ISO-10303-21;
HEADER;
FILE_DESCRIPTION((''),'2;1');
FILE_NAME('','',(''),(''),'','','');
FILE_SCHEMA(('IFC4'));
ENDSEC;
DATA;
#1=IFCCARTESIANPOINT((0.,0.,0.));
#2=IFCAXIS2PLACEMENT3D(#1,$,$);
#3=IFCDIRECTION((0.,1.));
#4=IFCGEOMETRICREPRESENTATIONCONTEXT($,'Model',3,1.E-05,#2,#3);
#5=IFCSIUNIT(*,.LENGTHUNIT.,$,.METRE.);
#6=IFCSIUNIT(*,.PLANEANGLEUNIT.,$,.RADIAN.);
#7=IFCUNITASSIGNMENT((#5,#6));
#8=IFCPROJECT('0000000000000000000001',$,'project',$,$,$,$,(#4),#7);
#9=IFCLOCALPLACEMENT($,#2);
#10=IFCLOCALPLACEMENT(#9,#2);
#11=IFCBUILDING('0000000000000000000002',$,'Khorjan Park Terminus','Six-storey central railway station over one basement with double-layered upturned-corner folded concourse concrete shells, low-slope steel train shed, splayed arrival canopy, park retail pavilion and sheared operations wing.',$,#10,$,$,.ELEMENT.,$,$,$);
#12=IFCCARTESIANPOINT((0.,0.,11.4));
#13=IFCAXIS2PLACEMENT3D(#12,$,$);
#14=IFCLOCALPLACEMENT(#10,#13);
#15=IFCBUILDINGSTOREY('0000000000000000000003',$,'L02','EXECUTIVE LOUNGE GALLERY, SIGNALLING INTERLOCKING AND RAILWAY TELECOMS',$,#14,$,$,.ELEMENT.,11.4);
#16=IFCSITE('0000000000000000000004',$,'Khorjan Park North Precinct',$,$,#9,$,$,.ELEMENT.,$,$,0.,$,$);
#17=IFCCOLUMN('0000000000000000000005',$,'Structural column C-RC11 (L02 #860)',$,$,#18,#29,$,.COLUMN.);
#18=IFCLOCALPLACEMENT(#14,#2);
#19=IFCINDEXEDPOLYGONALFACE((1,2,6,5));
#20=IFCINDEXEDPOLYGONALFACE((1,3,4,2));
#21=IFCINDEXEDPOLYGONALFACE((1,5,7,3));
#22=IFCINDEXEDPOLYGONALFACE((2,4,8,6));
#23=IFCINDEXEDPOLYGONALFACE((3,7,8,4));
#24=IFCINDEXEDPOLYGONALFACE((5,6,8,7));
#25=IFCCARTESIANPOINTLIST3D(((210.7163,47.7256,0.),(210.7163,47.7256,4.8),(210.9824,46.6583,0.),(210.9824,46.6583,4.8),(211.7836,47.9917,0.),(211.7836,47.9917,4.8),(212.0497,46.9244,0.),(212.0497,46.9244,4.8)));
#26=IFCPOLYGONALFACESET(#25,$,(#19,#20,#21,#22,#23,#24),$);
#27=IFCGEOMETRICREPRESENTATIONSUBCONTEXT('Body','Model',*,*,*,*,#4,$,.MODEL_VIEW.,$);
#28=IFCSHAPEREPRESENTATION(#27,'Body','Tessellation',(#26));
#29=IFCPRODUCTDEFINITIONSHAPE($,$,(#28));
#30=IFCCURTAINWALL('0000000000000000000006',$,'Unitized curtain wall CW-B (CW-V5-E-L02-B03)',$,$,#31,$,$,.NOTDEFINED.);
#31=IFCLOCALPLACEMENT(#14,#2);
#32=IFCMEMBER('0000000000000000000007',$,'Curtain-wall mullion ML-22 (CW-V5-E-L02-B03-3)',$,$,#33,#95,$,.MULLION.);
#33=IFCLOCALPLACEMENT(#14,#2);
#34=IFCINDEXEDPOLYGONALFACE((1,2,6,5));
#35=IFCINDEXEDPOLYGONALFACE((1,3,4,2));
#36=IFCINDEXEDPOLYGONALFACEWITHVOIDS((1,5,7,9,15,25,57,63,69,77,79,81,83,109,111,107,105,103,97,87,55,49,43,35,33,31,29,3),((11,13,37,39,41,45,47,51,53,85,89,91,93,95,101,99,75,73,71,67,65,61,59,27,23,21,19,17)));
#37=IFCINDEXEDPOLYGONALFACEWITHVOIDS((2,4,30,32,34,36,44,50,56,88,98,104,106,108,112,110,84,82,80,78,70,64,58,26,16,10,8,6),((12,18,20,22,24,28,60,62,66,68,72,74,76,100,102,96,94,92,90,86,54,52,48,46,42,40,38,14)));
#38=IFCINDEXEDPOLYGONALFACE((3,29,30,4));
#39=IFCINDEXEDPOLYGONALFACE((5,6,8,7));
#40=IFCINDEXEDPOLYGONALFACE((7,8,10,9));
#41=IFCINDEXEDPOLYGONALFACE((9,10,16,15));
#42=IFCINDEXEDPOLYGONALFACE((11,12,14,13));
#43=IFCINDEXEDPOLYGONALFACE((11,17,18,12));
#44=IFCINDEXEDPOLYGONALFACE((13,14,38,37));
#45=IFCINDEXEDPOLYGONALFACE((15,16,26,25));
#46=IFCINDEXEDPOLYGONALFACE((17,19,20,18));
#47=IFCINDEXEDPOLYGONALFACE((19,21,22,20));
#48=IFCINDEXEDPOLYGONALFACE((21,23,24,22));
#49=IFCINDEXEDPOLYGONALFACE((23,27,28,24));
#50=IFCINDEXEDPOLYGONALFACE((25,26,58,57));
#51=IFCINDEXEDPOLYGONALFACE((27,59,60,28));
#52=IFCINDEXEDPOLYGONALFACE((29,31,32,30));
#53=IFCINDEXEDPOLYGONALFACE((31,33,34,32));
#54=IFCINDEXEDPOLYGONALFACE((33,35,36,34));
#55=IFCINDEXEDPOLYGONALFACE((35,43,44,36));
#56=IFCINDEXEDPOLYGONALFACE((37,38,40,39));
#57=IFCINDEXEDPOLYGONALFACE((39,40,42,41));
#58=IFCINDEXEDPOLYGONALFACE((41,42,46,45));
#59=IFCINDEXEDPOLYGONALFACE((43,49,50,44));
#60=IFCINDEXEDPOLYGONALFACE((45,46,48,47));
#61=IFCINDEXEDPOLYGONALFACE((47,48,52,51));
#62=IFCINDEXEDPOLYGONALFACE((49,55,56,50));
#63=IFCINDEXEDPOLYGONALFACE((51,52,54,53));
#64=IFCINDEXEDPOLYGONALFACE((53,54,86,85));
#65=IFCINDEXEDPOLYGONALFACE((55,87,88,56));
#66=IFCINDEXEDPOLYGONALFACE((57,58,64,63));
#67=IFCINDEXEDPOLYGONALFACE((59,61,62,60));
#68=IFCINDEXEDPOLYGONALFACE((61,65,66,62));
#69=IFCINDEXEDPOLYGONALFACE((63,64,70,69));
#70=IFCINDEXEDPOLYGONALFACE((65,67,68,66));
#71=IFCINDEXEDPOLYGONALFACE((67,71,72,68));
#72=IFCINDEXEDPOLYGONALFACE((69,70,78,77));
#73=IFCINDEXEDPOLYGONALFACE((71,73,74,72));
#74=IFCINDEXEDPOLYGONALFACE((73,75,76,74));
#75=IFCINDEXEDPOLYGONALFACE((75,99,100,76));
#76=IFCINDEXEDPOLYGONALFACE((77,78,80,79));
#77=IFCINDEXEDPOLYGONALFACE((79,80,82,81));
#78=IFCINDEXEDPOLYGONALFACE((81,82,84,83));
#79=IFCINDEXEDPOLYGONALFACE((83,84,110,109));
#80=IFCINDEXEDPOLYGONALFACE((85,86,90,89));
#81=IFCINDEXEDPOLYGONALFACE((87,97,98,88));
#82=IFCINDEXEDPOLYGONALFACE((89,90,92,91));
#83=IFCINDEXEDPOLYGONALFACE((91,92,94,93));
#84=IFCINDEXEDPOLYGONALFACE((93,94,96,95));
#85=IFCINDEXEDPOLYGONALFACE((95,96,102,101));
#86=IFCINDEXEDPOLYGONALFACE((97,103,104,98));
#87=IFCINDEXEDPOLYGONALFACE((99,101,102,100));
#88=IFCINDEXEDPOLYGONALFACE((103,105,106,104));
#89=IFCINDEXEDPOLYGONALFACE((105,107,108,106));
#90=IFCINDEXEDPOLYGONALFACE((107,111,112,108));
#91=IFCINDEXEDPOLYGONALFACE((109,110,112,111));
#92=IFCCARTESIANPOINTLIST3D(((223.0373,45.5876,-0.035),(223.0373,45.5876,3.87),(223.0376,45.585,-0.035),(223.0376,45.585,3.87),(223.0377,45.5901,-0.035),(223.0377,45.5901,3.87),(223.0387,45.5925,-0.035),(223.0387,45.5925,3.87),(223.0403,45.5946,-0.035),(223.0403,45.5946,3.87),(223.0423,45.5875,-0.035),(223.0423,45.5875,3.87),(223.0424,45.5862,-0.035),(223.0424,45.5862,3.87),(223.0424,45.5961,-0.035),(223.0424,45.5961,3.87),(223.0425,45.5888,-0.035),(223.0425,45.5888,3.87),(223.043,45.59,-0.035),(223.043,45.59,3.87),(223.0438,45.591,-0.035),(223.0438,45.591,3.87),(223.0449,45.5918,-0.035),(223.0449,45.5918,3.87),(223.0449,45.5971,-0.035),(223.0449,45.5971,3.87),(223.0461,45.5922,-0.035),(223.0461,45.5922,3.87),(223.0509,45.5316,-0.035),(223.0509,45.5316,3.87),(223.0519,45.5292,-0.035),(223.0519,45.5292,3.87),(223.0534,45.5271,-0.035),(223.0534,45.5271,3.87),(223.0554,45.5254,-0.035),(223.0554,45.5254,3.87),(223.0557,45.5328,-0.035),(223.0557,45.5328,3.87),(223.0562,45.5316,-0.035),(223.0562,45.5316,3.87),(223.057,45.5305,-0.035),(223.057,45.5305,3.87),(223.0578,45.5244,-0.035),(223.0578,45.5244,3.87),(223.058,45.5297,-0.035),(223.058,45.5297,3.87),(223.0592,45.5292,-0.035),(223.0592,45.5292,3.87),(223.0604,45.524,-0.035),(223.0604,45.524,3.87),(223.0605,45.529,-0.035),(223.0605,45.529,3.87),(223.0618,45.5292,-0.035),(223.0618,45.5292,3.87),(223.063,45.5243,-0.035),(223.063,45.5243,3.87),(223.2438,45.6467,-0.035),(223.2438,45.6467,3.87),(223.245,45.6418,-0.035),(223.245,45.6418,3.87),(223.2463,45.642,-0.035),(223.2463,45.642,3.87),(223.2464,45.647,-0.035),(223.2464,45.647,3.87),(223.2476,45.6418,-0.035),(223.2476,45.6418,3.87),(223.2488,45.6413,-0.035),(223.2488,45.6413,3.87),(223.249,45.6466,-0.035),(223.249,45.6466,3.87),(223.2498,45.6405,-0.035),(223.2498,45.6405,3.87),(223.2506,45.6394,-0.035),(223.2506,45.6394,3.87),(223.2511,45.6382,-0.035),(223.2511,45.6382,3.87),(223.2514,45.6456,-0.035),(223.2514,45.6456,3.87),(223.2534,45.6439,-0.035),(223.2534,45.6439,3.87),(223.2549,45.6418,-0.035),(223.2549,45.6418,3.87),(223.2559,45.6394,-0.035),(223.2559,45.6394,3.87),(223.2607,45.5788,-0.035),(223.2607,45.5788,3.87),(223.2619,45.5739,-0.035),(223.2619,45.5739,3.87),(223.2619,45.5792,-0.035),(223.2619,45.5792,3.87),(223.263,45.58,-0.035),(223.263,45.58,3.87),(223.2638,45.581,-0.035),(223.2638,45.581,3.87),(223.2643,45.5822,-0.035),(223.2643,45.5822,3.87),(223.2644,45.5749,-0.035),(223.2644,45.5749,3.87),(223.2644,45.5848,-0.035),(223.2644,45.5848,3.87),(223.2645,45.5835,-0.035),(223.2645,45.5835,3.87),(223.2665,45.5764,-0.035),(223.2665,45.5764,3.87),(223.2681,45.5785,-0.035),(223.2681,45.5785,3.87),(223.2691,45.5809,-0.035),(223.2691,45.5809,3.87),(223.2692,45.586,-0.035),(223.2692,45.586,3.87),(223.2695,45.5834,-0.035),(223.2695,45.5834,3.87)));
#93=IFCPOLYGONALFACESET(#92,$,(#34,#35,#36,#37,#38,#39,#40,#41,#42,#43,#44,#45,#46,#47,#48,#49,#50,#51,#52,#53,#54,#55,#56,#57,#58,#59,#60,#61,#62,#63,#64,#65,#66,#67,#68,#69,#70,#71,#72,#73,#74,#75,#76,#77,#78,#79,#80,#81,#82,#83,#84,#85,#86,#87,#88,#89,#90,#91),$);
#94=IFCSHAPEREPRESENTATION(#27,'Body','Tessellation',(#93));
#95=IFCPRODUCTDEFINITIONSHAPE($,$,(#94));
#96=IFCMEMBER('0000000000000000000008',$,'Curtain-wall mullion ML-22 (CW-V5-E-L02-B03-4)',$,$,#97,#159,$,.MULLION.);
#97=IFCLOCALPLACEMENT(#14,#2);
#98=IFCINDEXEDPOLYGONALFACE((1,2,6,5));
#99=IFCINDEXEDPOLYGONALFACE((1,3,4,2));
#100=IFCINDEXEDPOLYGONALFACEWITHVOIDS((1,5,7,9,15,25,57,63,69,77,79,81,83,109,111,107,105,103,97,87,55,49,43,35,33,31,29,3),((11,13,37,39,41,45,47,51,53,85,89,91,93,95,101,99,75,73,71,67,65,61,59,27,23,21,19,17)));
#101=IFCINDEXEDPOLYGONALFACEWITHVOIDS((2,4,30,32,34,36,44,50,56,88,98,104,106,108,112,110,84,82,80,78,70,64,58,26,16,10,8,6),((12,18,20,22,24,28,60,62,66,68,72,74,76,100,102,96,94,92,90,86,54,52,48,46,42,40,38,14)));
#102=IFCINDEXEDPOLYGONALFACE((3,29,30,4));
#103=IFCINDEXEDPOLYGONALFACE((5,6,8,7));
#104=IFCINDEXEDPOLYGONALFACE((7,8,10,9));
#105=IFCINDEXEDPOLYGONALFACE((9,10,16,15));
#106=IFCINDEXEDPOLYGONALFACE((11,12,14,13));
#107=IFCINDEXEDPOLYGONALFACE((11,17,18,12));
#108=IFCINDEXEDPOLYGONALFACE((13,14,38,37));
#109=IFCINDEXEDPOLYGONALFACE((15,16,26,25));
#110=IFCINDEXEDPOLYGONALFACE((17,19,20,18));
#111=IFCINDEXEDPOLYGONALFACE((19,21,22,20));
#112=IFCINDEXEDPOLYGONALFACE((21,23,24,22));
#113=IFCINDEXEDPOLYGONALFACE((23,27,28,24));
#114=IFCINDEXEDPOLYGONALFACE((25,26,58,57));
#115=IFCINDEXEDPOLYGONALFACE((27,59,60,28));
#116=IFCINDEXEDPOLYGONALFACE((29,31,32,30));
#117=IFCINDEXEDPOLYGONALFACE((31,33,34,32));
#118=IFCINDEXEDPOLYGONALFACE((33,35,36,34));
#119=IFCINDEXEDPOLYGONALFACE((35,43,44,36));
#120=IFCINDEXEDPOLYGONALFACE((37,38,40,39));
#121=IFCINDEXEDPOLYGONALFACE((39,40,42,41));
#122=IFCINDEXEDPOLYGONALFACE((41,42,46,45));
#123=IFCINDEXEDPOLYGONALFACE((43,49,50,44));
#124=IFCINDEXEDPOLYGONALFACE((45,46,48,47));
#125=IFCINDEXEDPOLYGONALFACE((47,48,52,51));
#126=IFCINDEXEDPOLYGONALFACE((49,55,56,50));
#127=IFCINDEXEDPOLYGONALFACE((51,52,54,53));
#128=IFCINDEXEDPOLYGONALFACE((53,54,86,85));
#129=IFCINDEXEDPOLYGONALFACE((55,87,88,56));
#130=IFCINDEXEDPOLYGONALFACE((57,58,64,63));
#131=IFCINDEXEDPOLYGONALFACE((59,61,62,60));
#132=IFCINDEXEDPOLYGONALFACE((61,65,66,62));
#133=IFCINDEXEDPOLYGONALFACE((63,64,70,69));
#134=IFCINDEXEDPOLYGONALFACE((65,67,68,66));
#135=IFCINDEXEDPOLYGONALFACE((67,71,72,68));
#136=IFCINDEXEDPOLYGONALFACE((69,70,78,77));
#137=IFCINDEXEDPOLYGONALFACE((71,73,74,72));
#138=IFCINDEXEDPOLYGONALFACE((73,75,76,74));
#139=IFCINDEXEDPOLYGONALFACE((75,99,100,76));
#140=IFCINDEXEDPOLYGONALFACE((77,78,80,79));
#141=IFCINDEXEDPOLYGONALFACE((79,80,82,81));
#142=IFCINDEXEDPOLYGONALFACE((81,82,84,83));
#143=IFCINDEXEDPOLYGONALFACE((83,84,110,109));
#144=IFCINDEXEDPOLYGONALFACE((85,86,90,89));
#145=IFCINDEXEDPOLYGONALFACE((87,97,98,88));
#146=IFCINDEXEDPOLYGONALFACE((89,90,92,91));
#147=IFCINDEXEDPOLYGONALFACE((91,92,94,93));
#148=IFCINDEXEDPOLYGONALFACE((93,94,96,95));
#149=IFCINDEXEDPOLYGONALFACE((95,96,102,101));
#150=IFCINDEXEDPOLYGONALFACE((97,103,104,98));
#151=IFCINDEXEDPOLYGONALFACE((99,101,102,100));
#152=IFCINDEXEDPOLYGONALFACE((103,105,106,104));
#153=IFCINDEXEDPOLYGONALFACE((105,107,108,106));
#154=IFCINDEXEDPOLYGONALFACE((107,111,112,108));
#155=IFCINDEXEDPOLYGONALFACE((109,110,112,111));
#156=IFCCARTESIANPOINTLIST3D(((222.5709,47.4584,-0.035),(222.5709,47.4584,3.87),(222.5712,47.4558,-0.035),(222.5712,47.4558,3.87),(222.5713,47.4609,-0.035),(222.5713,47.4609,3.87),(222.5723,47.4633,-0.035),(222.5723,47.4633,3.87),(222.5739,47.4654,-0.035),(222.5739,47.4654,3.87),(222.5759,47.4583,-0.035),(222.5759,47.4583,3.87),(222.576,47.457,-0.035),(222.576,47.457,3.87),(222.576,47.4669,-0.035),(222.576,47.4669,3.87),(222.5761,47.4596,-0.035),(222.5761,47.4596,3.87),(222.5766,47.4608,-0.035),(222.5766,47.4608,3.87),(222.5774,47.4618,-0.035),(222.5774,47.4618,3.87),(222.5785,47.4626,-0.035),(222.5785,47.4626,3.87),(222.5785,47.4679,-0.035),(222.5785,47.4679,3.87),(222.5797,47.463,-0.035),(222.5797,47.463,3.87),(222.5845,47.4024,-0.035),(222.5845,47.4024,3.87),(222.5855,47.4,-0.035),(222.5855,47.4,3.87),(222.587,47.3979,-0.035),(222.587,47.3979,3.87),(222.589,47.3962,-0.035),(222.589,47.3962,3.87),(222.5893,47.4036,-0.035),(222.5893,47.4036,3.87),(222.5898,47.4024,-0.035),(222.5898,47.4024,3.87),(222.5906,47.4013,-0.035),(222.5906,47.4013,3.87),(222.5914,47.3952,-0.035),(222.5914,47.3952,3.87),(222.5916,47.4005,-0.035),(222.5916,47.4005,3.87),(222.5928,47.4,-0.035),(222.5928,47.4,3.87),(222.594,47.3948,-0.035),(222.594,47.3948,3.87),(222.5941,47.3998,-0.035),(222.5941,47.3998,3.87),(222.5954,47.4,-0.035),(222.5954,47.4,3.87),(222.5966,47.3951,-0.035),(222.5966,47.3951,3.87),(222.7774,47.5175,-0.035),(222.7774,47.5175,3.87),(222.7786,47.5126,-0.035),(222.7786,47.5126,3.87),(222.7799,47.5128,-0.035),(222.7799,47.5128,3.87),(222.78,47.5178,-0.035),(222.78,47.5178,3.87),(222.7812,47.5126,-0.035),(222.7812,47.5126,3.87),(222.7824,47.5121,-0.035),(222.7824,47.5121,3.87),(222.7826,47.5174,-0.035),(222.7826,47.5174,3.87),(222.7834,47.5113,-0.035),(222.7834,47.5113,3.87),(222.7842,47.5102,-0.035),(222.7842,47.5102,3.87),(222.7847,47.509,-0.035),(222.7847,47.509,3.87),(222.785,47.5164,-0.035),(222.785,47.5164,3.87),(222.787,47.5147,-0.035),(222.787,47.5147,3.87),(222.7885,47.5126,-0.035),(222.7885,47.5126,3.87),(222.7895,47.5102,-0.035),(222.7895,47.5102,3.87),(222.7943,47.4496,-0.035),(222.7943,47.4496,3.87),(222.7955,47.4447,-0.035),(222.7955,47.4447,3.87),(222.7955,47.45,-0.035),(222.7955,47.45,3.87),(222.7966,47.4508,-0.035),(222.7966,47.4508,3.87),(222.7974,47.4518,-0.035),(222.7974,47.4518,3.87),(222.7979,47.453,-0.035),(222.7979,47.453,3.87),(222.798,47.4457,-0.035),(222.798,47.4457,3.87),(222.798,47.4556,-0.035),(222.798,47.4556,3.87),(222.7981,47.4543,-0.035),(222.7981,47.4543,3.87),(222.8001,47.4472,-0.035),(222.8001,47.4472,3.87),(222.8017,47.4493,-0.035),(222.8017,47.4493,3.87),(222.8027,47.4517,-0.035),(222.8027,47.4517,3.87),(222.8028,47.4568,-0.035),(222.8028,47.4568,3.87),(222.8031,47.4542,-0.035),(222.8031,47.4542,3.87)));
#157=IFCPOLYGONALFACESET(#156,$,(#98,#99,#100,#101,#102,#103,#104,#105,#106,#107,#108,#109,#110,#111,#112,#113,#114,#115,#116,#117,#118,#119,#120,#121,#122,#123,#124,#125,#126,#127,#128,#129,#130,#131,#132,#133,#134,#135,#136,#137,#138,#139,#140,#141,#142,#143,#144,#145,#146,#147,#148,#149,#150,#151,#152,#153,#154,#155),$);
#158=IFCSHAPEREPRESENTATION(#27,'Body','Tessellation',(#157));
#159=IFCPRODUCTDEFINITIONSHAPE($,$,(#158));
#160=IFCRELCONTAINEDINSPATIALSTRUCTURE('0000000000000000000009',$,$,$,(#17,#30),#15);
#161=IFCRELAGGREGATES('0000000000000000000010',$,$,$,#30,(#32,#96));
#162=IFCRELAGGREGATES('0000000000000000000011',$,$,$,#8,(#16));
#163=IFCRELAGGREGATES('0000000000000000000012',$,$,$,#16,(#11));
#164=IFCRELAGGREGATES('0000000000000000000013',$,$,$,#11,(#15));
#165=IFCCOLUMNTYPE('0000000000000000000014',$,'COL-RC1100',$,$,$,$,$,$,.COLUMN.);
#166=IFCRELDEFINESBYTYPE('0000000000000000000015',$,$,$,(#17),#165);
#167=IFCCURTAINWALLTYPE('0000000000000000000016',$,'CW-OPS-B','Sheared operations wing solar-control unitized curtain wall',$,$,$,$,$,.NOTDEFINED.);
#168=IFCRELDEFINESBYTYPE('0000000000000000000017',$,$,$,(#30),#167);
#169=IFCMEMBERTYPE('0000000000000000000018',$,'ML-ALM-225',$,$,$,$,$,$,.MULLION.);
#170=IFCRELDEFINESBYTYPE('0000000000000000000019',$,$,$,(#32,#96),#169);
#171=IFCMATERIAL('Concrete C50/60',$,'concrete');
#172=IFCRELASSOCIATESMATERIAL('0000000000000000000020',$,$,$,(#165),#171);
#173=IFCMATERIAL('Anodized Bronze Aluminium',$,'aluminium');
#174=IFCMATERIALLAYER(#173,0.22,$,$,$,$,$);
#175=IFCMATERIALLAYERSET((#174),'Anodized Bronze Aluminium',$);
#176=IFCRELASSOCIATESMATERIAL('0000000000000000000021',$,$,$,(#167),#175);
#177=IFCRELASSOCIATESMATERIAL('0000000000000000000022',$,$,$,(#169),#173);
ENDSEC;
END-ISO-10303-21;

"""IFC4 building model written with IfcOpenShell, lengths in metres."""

from ifc_helpers import new_model, si_unit, direction, frame, origin, origin_2d, place, context, subcontext, project, spatial, rectangle, hollow_rectangle, extrude, material, layer, layer_set, material_profile, profile_set, type_object, element, aggregate, save


model = new_model("IFC4")

# Units and contexts
model_context = context("Model", 3, precision=1e-05, world=origin(), true_north=direction((0.0, 1.0)))
body_context = subcontext(model_context, "Body", "Model", "MODEL_VIEW")
ifc_project = project(units=[si_unit("LENGTHUNIT", "METRE"), si_unit("PLANEANGLEUNIT", "RADIAN")], contexts=[model_context])

# Site, building, storey
site_placement = place(None, origin())
site = spatial("IfcSite", under=ifc_project, at=site_placement, Name="Khorjan Park North Precinct", CompositionType="ELEMENT", RefElevation=0.0)
building_placement = place(site_placement, origin())
building = spatial("IfcBuilding", under=site, at=building_placement, Name="Khorjan Park Terminus", Description="Six-storey central railway station over one basement with double-layered upturned-corner folded concourse concrete shells, low-slope steel train shed, splayed arrival canopy, park retail pavilion and sheared operations wing.", CompositionType="ELEMENT")
storey_placement = place(building_placement, frame((0.0, 0.0, 11.4)))
storey = spatial("IfcBuildingStorey", under=building, at=storey_placement, Name="L02", Description="EXECUTIVE LOUNGE GALLERY, SIGNALLING INTERLOCKING AND RAILWAY TELECOMS", CompositionType="ELEMENT", Elevation=11.4)

# Column
ifc_material_1 = material(Name="Concrete C50/60", Category="concrete")
ifc_material_profile_1 = material_profile(ifc_material_1, rectangle(XDim=1.1, YDim=1.1, at=origin_2d()), Name="RC 1100x1100")
ifc_profile_set_1 = profile_set([ifc_material_profile_1], Name="Concrete C50/60")
column_type = type_object("IfcColumnType", Name="COL-RC1100", PredefinedType="COLUMN", material=ifc_profile_set_1)
column_placement = place(storey_placement, frame((211.383, 47.325, 0.0), z_axis=(0.0, 0.0, 1.0), x_axis=(0.970296, 0.241922, 0.0)))
element("IfcColumn", 1, at=column_placement, inside=storey, type_object=column_type, Name="Structural column C-RC11 (L02 #860)", PredefinedType="COLUMN", context=body_context, shape_type="SweptSolid", body=[
    extrude(rectangle(XDim=1.1, YDim=1.1, at=origin_2d()), origin(), (0.0, 0.0, 1.0), 4.8),
])

# Curtain wall, members
ifc_material_2 = material(Name="Anodized Bronze Aluminium", Category="aluminium")
ifc_layer_1 = layer(ifc_material_2, 0.22)
ifc_layer_set_1 = layer_set([ifc_layer_1], Name="Anodized Bronze Aluminium")
curtain_wall_type = type_object("IfcCurtainWallType", Name="CW-OPS-B", Description="Sheared operations wing solar-control unitized curtain wall", PredefinedType="NOTDEFINED", material=ifc_layer_set_1)
curtain_wall_placement = place(storey_placement, origin())
curtain_wall = element("IfcCurtainWall", 2, at=curtain_wall_placement, inside=storey, type_object=curtain_wall_type, Name="Unitized curtain wall CW-B (CW-V5-E-L02-B03)", PredefinedType="NOTDEFINED")
ifc_material_profile_2 = material_profile(ifc_material_2, hollow_rectangle(XDim=0.075, YDim=0.225, WallThickness=0.005, InnerFilletRadius=0.005, OuterFilletRadius=0.01, at=origin_2d()), Name="ALM 75x225x5")
ifc_profile_set_2 = profile_set([ifc_material_profile_2], Name="Anodized Bronze Aluminium")
member_type_1 = type_object("IfcMemberType", Name="ML-ALM-225", PredefinedType="MULLION", material=ifc_profile_set_2)
member_1_placement = place(storey_placement, frame((223.1534, 45.5855, -0.035), z_axis=(0.0, 0.0, 1.0), x_axis=(-0.241923, 0.970295, 0.0)))
member_1 = element("IfcMember", 3, at=member_1_placement, type_object=member_type_1, Name="Curtain-wall mullion ML-22 (CW-V5-E-L02-B03-3)", PredefinedType="MULLION", context=body_context, shape_type="SweptSolid", body=[
    extrude(hollow_rectangle(XDim=0.075, YDim=0.225, WallThickness=0.005, InnerFilletRadius=0.005, OuterFilletRadius=0.01, at=origin_2d()), origin(), (0.0, 0.0, 1.0), 3.905),
])
member_2_placement = place(storey_placement, frame((222.687, 47.4563, -0.035), z_axis=(0.0, 0.0, 1.0), x_axis=(-0.241923, 0.970295, 0.0)))
member_2 = element("IfcMember", 4, at=member_2_placement, type_object=member_type_1, Name="Curtain-wall mullion ML-22 (CW-V5-E-L02-B03-4)", PredefinedType="MULLION", context=body_context, shape_type="SweptSolid", body=[
    extrude(hollow_rectangle(XDim=0.075, YDim=0.225, WallThickness=0.005, InnerFilletRadius=0.005, OuterFilletRadius=0.01, at=origin_2d()), origin(), (0.0, 0.0, 1.0), 3.905),
])
aggregate(curtain_wall, [member_1, member_2])

save(model, "model.ifc")
